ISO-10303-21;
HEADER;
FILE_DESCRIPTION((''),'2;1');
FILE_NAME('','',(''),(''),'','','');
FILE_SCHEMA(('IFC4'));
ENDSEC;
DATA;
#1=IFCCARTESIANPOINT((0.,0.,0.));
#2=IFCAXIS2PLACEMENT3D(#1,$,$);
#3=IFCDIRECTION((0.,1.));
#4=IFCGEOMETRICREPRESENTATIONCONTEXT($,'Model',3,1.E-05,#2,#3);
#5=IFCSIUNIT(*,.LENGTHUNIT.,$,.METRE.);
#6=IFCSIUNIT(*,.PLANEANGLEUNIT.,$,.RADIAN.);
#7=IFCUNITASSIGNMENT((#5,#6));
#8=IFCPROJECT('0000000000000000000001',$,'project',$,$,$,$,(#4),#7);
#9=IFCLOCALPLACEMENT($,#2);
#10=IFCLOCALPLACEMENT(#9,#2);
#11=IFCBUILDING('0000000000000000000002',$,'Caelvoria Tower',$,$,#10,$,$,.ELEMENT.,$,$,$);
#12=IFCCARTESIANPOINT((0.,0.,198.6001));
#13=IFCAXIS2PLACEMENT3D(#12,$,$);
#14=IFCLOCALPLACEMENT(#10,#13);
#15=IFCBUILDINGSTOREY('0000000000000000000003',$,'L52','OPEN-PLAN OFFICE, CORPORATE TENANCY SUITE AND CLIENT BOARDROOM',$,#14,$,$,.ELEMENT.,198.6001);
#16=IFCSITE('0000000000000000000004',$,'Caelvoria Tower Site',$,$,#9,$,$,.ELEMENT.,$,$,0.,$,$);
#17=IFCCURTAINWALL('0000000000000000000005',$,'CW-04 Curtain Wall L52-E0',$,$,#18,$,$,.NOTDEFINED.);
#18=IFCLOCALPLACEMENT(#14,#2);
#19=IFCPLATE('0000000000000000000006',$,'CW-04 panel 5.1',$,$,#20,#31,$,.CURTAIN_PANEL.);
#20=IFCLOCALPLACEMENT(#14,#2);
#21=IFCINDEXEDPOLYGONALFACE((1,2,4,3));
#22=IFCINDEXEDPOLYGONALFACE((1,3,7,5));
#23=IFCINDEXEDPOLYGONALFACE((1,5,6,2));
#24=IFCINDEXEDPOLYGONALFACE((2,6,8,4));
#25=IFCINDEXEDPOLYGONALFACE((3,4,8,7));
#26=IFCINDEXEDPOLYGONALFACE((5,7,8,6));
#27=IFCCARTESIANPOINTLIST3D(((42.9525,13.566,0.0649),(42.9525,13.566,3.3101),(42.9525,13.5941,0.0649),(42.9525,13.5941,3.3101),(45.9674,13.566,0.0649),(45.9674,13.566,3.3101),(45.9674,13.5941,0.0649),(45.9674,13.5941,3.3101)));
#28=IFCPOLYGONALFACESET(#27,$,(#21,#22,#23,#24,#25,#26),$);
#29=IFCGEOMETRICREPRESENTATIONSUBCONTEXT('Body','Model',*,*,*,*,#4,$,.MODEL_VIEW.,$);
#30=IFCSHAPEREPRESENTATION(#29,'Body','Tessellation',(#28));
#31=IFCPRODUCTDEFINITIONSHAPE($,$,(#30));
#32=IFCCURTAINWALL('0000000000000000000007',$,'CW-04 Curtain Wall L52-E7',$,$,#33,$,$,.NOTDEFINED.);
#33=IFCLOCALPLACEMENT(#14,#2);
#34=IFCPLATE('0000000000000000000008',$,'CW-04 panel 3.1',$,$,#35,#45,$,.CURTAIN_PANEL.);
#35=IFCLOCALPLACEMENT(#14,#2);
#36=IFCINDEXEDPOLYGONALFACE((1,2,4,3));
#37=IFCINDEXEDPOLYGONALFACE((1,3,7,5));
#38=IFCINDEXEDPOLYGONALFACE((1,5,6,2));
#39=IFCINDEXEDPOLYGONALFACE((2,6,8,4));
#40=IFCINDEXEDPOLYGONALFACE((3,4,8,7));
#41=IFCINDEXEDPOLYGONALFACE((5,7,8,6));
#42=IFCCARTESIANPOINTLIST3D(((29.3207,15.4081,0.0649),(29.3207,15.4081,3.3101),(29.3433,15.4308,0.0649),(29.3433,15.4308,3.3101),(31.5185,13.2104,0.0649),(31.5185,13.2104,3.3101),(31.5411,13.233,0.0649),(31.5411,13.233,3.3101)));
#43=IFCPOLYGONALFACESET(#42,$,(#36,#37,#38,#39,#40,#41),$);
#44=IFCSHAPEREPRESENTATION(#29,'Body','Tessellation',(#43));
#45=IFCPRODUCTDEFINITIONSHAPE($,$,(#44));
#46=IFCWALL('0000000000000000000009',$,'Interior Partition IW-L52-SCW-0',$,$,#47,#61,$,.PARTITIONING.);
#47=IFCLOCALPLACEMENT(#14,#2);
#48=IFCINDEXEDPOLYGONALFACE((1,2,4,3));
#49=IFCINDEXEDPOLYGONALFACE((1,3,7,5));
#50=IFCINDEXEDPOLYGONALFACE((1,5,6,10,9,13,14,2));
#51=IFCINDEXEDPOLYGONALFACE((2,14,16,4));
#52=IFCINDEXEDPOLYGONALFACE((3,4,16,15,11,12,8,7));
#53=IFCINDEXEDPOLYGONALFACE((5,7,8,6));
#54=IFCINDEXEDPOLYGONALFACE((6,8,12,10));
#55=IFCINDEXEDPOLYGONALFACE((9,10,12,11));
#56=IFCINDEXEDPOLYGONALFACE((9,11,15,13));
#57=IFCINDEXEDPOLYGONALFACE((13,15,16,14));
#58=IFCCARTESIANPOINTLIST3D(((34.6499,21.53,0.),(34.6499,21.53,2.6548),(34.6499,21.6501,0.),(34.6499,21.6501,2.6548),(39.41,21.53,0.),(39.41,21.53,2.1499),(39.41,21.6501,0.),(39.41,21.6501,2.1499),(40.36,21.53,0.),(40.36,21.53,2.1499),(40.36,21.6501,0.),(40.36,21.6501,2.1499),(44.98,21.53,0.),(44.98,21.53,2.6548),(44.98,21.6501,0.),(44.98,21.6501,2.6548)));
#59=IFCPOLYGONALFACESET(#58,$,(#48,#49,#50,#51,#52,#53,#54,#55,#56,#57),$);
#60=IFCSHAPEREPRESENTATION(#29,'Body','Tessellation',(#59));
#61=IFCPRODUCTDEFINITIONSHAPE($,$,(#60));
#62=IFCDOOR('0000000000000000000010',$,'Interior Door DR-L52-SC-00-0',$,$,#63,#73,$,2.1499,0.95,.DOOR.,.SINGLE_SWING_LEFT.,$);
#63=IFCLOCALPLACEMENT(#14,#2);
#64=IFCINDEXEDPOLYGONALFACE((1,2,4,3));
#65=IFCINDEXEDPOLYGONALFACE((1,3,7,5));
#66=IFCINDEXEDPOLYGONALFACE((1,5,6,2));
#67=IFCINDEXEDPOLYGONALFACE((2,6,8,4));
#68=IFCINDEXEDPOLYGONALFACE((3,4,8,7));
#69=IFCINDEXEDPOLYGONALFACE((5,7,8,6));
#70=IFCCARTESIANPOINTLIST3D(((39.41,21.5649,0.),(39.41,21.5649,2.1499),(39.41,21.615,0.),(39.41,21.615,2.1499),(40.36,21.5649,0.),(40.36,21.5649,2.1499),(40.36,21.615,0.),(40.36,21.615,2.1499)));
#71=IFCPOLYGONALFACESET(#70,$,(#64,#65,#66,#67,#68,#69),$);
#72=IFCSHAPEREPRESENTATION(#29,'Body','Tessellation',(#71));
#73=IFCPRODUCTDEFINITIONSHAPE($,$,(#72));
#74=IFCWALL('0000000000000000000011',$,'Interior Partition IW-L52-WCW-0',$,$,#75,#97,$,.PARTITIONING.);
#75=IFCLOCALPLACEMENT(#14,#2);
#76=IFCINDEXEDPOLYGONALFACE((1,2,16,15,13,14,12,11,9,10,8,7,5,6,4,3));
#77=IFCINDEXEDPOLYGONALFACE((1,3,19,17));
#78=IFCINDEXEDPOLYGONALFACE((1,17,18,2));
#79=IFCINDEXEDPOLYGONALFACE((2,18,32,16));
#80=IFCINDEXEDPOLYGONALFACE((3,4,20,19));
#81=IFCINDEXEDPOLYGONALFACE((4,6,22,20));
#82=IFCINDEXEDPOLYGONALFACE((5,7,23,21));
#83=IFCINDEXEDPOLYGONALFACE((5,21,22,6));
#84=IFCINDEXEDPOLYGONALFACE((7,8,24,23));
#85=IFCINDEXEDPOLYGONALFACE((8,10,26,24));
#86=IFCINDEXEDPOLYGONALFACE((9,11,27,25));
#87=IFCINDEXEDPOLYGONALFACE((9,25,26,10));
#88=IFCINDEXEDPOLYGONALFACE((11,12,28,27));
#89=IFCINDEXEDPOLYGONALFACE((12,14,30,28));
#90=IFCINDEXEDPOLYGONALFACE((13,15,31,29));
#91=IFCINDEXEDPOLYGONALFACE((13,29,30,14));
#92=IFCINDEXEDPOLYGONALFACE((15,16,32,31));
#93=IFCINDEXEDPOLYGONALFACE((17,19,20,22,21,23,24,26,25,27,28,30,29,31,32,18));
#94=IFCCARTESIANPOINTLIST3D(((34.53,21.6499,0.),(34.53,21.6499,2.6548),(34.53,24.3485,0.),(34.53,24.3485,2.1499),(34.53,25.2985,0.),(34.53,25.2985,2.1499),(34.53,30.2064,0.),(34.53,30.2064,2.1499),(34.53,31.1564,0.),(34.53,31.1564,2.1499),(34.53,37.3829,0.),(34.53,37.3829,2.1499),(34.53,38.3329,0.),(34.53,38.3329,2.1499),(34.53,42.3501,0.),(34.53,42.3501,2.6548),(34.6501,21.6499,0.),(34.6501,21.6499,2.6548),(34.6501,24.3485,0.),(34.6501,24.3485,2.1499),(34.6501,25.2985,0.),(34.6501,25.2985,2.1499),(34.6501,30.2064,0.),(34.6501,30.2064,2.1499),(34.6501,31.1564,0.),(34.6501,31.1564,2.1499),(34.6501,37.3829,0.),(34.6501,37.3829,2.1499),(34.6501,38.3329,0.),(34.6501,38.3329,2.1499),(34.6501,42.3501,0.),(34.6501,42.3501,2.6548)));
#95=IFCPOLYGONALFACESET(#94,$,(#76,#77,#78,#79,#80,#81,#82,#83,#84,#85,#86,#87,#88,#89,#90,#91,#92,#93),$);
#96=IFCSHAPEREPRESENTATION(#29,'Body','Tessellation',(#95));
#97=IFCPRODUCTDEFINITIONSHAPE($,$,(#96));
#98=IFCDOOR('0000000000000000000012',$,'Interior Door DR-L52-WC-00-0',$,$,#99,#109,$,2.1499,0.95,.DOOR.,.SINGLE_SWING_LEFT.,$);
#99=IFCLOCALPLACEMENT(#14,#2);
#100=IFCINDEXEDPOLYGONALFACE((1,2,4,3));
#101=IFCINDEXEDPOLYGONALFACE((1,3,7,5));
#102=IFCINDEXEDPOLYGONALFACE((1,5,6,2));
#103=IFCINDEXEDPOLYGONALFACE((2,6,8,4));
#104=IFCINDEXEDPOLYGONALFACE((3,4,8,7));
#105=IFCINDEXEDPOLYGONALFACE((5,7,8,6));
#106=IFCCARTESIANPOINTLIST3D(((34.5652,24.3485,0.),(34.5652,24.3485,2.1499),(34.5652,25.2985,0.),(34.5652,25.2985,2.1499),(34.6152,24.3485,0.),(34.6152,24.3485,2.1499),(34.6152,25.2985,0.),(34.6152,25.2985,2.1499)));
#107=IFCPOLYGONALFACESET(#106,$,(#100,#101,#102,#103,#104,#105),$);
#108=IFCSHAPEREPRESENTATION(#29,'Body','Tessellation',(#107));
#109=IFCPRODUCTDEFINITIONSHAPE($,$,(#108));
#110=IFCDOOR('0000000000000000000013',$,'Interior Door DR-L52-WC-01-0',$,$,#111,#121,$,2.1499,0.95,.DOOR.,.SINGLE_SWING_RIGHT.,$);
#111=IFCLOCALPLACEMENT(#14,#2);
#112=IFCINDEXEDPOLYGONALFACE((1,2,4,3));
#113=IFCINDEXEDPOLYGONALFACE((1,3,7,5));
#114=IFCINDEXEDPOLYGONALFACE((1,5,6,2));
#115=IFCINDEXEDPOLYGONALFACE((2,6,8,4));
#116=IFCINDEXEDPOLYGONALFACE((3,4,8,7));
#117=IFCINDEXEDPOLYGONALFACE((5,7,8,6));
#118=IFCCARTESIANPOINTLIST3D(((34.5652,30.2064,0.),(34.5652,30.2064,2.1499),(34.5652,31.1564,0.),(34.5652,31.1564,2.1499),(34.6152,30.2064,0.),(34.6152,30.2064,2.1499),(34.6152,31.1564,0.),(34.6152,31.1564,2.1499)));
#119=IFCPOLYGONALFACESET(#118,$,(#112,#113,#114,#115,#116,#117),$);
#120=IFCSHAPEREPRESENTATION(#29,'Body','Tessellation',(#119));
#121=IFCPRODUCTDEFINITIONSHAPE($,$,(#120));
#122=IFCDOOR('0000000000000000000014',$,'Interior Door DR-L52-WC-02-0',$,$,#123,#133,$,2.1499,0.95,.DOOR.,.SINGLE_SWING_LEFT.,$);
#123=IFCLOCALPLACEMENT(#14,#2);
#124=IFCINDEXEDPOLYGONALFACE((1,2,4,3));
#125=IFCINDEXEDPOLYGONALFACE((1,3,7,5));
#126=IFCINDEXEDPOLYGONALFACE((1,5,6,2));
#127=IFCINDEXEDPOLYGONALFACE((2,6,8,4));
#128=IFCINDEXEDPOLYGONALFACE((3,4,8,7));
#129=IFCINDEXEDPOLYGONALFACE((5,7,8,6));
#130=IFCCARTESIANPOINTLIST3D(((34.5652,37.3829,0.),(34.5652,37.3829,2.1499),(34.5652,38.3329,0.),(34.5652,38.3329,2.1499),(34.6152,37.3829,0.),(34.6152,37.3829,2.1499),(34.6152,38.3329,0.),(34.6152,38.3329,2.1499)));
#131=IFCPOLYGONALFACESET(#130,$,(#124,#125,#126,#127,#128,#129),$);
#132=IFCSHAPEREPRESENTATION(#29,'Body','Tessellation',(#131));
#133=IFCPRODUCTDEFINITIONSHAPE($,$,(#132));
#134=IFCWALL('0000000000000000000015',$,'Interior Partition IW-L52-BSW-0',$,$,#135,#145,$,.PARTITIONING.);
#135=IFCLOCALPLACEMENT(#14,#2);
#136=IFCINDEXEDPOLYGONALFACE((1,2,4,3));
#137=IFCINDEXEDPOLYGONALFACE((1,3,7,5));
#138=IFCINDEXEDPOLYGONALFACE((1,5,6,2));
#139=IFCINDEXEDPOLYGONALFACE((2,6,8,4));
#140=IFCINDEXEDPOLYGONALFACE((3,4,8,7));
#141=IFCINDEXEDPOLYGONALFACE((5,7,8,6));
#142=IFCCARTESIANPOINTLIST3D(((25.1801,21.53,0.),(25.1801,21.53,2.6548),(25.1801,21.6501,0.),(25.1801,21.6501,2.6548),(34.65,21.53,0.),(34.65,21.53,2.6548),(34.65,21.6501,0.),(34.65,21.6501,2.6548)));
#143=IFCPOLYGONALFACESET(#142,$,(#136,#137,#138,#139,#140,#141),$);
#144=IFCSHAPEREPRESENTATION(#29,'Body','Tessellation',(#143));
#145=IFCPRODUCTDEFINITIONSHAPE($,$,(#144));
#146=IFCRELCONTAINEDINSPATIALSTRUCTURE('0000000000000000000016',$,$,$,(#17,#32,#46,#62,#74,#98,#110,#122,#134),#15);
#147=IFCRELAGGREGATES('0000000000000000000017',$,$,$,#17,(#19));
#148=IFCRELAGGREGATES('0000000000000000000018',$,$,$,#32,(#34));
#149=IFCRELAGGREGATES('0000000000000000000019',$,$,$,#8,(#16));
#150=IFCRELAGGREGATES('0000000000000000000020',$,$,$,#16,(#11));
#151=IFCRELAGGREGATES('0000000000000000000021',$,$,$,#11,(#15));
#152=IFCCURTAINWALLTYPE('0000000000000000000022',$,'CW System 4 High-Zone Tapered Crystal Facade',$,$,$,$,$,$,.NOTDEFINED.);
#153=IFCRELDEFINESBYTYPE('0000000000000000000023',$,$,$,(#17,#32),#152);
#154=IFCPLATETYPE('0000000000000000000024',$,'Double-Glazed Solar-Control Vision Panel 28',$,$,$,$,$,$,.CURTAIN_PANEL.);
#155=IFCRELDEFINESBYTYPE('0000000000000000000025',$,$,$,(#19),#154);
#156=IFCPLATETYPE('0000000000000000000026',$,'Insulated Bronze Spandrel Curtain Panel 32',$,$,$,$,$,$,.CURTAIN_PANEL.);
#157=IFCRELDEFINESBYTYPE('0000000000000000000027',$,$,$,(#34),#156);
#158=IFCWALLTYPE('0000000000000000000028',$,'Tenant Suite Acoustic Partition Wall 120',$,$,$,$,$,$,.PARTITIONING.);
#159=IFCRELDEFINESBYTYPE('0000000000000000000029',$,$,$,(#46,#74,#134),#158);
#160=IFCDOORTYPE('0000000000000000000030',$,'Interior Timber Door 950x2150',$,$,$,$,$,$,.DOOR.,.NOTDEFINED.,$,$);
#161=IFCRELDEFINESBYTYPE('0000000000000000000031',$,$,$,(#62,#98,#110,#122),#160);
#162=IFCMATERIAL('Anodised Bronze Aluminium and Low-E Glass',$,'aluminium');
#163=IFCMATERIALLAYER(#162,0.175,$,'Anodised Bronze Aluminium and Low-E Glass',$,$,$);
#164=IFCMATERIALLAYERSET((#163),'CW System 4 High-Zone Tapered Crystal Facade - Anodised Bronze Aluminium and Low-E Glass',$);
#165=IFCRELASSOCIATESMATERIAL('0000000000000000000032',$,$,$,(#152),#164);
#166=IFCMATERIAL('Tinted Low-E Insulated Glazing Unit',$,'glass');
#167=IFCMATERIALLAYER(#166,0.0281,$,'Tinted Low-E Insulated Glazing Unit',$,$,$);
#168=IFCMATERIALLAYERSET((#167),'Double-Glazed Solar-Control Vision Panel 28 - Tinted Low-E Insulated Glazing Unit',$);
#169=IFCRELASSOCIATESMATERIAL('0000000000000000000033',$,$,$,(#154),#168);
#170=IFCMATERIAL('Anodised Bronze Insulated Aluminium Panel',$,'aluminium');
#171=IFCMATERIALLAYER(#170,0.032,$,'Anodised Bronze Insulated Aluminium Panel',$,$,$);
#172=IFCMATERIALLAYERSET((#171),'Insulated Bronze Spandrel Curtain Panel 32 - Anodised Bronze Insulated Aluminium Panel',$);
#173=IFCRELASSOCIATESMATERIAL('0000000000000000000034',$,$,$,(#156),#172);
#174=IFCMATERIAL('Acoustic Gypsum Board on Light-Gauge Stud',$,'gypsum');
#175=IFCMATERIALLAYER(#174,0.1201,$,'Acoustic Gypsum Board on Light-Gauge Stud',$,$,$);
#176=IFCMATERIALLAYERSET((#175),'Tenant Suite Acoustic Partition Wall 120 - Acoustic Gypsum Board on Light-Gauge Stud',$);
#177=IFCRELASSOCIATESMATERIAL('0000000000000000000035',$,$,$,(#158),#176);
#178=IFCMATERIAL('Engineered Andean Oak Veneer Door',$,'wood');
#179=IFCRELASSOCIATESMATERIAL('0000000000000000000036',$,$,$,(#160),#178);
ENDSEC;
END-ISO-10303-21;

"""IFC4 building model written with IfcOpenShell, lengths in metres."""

from ifc_helpers import new_model, si_unit, direction, frame, frame_2d, origin, origin_2d, place, context, subcontext, project, spatial, rectangle, extrude, material, layer, layer_set, type_object, element, fill, aggregate, save


model = new_model("IFC4")

# Units and contexts
model_context = context("Model", 3, precision=1e-05, world=origin(), true_north=direction((0.0, 1.0)))
body_context = subcontext(model_context, "Body", "Model", "MODEL_VIEW")
ifc_project = project(units=[si_unit("LENGTHUNIT", "METRE"), si_unit("PLANEANGLEUNIT", "RADIAN")], contexts=[model_context])

# Site, building, storey
site_placement = place(None, origin())
site = spatial("IfcSite", under=ifc_project, at=site_placement, Name="Caelvoria Tower Site", CompositionType="ELEMENT", RefElevation=0.0)
building_placement = place(site_placement, origin())
building = spatial("IfcBuilding", under=site, at=building_placement, Name="Caelvoria Tower", CompositionType="ELEMENT")
storey_placement = place(building_placement, frame((0.0, 0.0, 198.6001)))
storey = spatial("IfcBuildingStorey", under=building, at=storey_placement, Name="L52", Description="OPEN-PLAN OFFICE, CORPORATE TENANCY SUITE AND CLIENT BOARDROOM", CompositionType="ELEMENT", Elevation=198.6001)

# Curtain wall
ifc_material_1 = material(Name="Anodised Bronze Aluminium and Low-E Glass", Category="aluminium")
ifc_layer_1 = layer(ifc_material_1, 0.175, Name="Anodised Bronze Aluminium and Low-E Glass")
ifc_layer_set_1 = layer_set([ifc_layer_1], Name="CW System 4 High-Zone Tapered Crystal Facade - Anodised Bronze Aluminium and Low-E Glass")
curtain_wall_type = type_object("IfcCurtainWallType", Name="CW System 4 High-Zone Tapered Crystal Facade", PredefinedType="NOTDEFINED", material=ifc_layer_set_1)
curtain_wall_1_placement = place(storey_placement, origin())
curtain_wall_1 = element("IfcCurtainWall", 1, at=curtain_wall_1_placement, inside=storey, type_object=curtain_wall_type, Name="CW-04 Curtain Wall L52-E0", PredefinedType="NOTDEFINED")

# Plate
ifc_material_2 = material(Name="Tinted Low-E Insulated Glazing Unit", Category="glass")
ifc_layer_2 = layer(ifc_material_2, 0.0281, Name="Tinted Low-E Insulated Glazing Unit")
ifc_layer_set_2 = layer_set([ifc_layer_2], Name="Double-Glazed Solar-Control Vision Panel 28 - Tinted Low-E Insulated Glazing Unit")
plate_type_1 = type_object("IfcPlateType", Name="Double-Glazed Solar-Control Vision Panel 28", PredefinedType="CURTAIN_PANEL", material=ifc_layer_set_2)
plate_1_placement = place(storey_placement, frame((44.46, 13.5801, 0.0649), z_axis=(0.0, 0.0, 1.0), x_axis=(1.0, 0.0, 0.0)))
plate_1 = element("IfcPlate", 2, at=plate_1_placement, type_object=plate_type_1, Name="CW-04 panel 5.1", PredefinedType="CURTAIN_PANEL", context=body_context, shape_type="SweptSolid", body=[
    extrude(rectangle(XDim=3.0149, YDim=0.0281, at=origin_2d()), origin(), (0.0, 0.0, 1.0), 3.2451),
])
aggregate(curtain_wall_1, [plate_1])

# Curtain wall, plate
curtain_wall_2_placement = place(storey_placement, origin())
curtain_wall_2 = element("IfcCurtainWall", 3, at=curtain_wall_2_placement, inside=storey, type_object=curtain_wall_type, Name="CW-04 Curtain Wall L52-E7", PredefinedType="NOTDEFINED")
ifc_material_3 = material(Name="Anodised Bronze Insulated Aluminium Panel", Category="aluminium")
ifc_layer_3 = layer(ifc_material_3, 0.032, Name="Anodised Bronze Insulated Aluminium Panel")
ifc_layer_set_3 = layer_set([ifc_layer_3], Name="Insulated Bronze Spandrel Curtain Panel 32 - Anodised Bronze Insulated Aluminium Panel")
plate_type_2 = type_object("IfcPlateType", Name="Insulated Bronze Spandrel Curtain Panel 32", PredefinedType="CURTAIN_PANEL", material=ifc_layer_set_3)
plate_2_placement = place(storey_placement, frame((30.4309, 14.3206, 0.0649), z_axis=(0.0, 0.0, 1.0), x_axis=(0.707107, -0.707107, 0.0)))
plate_2 = element("IfcPlate", 4, at=plate_2_placement, type_object=plate_type_2, Name="CW-04 panel 3.1", PredefinedType="CURTAIN_PANEL", context=body_context, shape_type="SweptSolid", body=[
    extrude(rectangle(XDim=3.1082, YDim=0.032, at=origin_2d()), origin(), (0.0, 0.0, 1.0), 3.2451),
])
aggregate(curtain_wall_2, [plate_2])

# Wall, opening, door
ifc_material_4 = material(Name="Acoustic Gypsum Board on Light-Gauge Stud", Category="gypsum")
ifc_layer_4 = layer(ifc_material_4, 0.1201, Name="Acoustic Gypsum Board on Light-Gauge Stud")
ifc_layer_set_4 = layer_set([ifc_layer_4], Name="Tenant Suite Acoustic Partition Wall 120 - Acoustic Gypsum Board on Light-Gauge Stud")
wall_type = type_object("IfcWallType", Name="Tenant Suite Acoustic Partition Wall 120", PredefinedType="PARTITIONING", material=ifc_layer_set_4)
wall_1_placement = place(storey_placement, frame((34.6499, 21.5901, 0.0), z_axis=(0.0, 0.0, 1.0), x_axis=(1.0, 0.0, 0.0)))
wall_1 = element("IfcWall", 5, at=wall_1_placement, inside=storey, type_object=wall_type, Name="Interior Partition IW-L52-SCW-0", PredefinedType="PARTITIONING", context=body_context, shape_type="SweptSolid", body=[
    extrude(rectangle(XDim=10.3301, YDim=0.1201, at=frame_2d((5.165, 0.0))), origin(), (0.0, 0.0, 1.0), 2.6548),
])
opening_1_placement = place(wall_1_placement, frame((4.76, 0.0, 0.0)))
opening_1 = element("IfcOpeningElement", 6, at=opening_1_placement, cuts=wall_1, PredefinedType="OPENING", context=body_context, shape_type="SweptSolid", body=[
    extrude(rectangle(XDim=0.95, YDim=2.1499, at=frame_2d((0.4751, 1.075))), frame((0.0, 0.0701, 0.0), z_axis=(0.0, -1.0, 0.0), x_axis=(1.0, 0.0, 0.0)), (0.0, 0.0, 1.0), 0.1401),
])
ifc_material_5 = material(Name="Engineered Andean Oak Veneer Door", Category="wood")
door_type = type_object("IfcDoorType", Name="Interior Timber Door 950x2150", OperationType="NOTDEFINED", PredefinedType="DOOR", material=ifc_material_5)
door_1_placement = place(opening_1_placement, origin())
door_1 = element("IfcDoor", 7, at=door_1_placement, inside=storey, type_object=door_type, Name="Interior Door DR-L52-SC-00-0", OperationType="SINGLE_SWING_LEFT", OverallHeight=2.1499, OverallWidth=0.95, PredefinedType="DOOR", context=body_context, shape_type="SweptSolid", body=[
    extrude(rectangle(XDim=0.95, YDim=2.1499, at=frame_2d((0.4751, 1.075))), frame((0.0, 0.0249, 0.0), z_axis=(0.0, -1.0, 0.0), x_axis=(1.0, 0.0, 0.0)), (0.0, 0.0, 1.0), 0.05),
])
fill(opening_1, door_1)

# Wall, openings, doors
wall_2_placement = place(storey_placement, frame((34.5901, 21.6499, 0.0), z_axis=(0.0, 0.0, 1.0), x_axis=(0.0, 1.0, 0.0)))
wall_2 = element("IfcWall", 8, at=wall_2_placement, inside=storey, type_object=wall_type, Name="Interior Partition IW-L52-WCW-0", PredefinedType="PARTITIONING", context=body_context, shape_type="SweptSolid", body=[
    extrude(rectangle(XDim=20.7002, YDim=0.1201, at=frame_2d((10.3501, 0.0))), origin(), (0.0, 0.0, 1.0), 2.6548),
])
opening_2_placement = place(wall_2_placement, frame((2.6985, 0.0, 0.0)))
opening_2 = element("IfcOpeningElement", 9, at=opening_2_placement, cuts=wall_2, PredefinedType="OPENING", context=body_context, shape_type="SweptSolid", body=[
    extrude(rectangle(XDim=0.95, YDim=2.1499, at=frame_2d((0.4751, 1.075))), frame((0.0, 0.0701, 0.0), z_axis=(0.0, -1.0, 0.0), x_axis=(1.0, 0.0, 0.0)), (0.0, 0.0, 1.0), 0.1401),
])
opening_3_placement = place(wall_2_placement, frame((8.5564, 0.0, 0.0)))
opening_3 = element("IfcOpeningElement", 10, at=opening_3_placement, cuts=wall_2, PredefinedType="OPENING", context=body_context, shape_type="SweptSolid", body=[
    extrude(rectangle(XDim=0.95, YDim=2.1499, at=frame_2d((0.4751, 1.075))), frame((0.0, 0.0701, 0.0), z_axis=(0.0, -1.0, 0.0), x_axis=(1.0, 0.0, 0.0)), (0.0, 0.0, 1.0), 0.1401),
])
opening_4_placement = place(wall_2_placement, frame((15.7329, 0.0, 0.0)))
opening_4 = element("IfcOpeningElement", 11, at=opening_4_placement, cuts=wall_2, PredefinedType="OPENING", context=body_context, shape_type="SweptSolid", body=[
    extrude(rectangle(XDim=0.95, YDim=2.1499, at=frame_2d((0.4751, 1.075))), frame((0.0, 0.0701, 0.0), z_axis=(0.0, -1.0, 0.0), x_axis=(1.0, 0.0, 0.0)), (0.0, 0.0, 1.0), 0.1401),
])
door_2_placement = place(opening_2_placement, origin())
door_2 = element("IfcDoor", 12, at=door_2_placement, inside=storey, type_object=door_type, Name="Interior Door DR-L52-WC-00-0", OperationType="SINGLE_SWING_LEFT", OverallHeight=2.1499, OverallWidth=0.95, PredefinedType="DOOR", context=body_context, shape_type="SweptSolid", body=[
    extrude(rectangle(XDim=0.95, YDim=2.1499, at=frame_2d((0.4751, 1.075))), frame((0.0, 0.0249, 0.0), z_axis=(0.0, -1.0, 0.0), x_axis=(1.0, 0.0, 0.0)), (0.0, 0.0, 1.0), 0.05),
])
fill(opening_2, door_2)
door_3_placement = place(opening_3_placement, origin())
door_3 = element("IfcDoor", 13, at=door_3_placement, inside=storey, type_object=door_type, Name="Interior Door DR-L52-WC-01-0", OperationType="SINGLE_SWING_RIGHT", OverallHeight=2.1499, OverallWidth=0.95, PredefinedType="DOOR", context=body_context, shape_type="SweptSolid", body=[
    extrude(rectangle(XDim=0.95, YDim=2.1499, at=frame_2d((0.4751, 1.075))), frame((0.0, 0.0249, 0.0), z_axis=(0.0, -1.0, 0.0), x_axis=(1.0, 0.0, 0.0)), (0.0, 0.0, 1.0), 0.05),
])
fill(opening_3, door_3)
door_4_placement = place(opening_4_placement, origin())
door_4 = element("IfcDoor", 14, at=door_4_placement, inside=storey, type_object=door_type, Name="Interior Door DR-L52-WC-02-0", OperationType="SINGLE_SWING_LEFT", OverallHeight=2.1499, OverallWidth=0.95, PredefinedType="DOOR", context=body_context, shape_type="SweptSolid", body=[
    extrude(rectangle(XDim=0.95, YDim=2.1499, at=frame_2d((0.4751, 1.075))), frame((0.0, 0.0249, 0.0), z_axis=(0.0, -1.0, 0.0), x_axis=(1.0, 0.0, 0.0)), (0.0, 0.0, 1.0), 0.05),
])
fill(opening_4, door_4)

# Wall
wall_3_placement = place(storey_placement, frame((34.6499, 21.5901, 0.0), z_axis=(0.0, 0.0, 1.0), x_axis=(-1.0, 0.0, 0.0)))
element("IfcWall", 15, at=wall_3_placement, inside=storey, type_object=wall_type, Name="Interior Partition IW-L52-BSW-0", PredefinedType="PARTITIONING", context=body_context, shape_type="SweptSolid", body=[
    extrude(rectangle(XDim=9.47, YDim=0.1201, at=frame_2d((4.7349, 0.0))), origin(), (0.0, 0.0, 1.0), 2.6548),
])

save(model, "model.ifc")
